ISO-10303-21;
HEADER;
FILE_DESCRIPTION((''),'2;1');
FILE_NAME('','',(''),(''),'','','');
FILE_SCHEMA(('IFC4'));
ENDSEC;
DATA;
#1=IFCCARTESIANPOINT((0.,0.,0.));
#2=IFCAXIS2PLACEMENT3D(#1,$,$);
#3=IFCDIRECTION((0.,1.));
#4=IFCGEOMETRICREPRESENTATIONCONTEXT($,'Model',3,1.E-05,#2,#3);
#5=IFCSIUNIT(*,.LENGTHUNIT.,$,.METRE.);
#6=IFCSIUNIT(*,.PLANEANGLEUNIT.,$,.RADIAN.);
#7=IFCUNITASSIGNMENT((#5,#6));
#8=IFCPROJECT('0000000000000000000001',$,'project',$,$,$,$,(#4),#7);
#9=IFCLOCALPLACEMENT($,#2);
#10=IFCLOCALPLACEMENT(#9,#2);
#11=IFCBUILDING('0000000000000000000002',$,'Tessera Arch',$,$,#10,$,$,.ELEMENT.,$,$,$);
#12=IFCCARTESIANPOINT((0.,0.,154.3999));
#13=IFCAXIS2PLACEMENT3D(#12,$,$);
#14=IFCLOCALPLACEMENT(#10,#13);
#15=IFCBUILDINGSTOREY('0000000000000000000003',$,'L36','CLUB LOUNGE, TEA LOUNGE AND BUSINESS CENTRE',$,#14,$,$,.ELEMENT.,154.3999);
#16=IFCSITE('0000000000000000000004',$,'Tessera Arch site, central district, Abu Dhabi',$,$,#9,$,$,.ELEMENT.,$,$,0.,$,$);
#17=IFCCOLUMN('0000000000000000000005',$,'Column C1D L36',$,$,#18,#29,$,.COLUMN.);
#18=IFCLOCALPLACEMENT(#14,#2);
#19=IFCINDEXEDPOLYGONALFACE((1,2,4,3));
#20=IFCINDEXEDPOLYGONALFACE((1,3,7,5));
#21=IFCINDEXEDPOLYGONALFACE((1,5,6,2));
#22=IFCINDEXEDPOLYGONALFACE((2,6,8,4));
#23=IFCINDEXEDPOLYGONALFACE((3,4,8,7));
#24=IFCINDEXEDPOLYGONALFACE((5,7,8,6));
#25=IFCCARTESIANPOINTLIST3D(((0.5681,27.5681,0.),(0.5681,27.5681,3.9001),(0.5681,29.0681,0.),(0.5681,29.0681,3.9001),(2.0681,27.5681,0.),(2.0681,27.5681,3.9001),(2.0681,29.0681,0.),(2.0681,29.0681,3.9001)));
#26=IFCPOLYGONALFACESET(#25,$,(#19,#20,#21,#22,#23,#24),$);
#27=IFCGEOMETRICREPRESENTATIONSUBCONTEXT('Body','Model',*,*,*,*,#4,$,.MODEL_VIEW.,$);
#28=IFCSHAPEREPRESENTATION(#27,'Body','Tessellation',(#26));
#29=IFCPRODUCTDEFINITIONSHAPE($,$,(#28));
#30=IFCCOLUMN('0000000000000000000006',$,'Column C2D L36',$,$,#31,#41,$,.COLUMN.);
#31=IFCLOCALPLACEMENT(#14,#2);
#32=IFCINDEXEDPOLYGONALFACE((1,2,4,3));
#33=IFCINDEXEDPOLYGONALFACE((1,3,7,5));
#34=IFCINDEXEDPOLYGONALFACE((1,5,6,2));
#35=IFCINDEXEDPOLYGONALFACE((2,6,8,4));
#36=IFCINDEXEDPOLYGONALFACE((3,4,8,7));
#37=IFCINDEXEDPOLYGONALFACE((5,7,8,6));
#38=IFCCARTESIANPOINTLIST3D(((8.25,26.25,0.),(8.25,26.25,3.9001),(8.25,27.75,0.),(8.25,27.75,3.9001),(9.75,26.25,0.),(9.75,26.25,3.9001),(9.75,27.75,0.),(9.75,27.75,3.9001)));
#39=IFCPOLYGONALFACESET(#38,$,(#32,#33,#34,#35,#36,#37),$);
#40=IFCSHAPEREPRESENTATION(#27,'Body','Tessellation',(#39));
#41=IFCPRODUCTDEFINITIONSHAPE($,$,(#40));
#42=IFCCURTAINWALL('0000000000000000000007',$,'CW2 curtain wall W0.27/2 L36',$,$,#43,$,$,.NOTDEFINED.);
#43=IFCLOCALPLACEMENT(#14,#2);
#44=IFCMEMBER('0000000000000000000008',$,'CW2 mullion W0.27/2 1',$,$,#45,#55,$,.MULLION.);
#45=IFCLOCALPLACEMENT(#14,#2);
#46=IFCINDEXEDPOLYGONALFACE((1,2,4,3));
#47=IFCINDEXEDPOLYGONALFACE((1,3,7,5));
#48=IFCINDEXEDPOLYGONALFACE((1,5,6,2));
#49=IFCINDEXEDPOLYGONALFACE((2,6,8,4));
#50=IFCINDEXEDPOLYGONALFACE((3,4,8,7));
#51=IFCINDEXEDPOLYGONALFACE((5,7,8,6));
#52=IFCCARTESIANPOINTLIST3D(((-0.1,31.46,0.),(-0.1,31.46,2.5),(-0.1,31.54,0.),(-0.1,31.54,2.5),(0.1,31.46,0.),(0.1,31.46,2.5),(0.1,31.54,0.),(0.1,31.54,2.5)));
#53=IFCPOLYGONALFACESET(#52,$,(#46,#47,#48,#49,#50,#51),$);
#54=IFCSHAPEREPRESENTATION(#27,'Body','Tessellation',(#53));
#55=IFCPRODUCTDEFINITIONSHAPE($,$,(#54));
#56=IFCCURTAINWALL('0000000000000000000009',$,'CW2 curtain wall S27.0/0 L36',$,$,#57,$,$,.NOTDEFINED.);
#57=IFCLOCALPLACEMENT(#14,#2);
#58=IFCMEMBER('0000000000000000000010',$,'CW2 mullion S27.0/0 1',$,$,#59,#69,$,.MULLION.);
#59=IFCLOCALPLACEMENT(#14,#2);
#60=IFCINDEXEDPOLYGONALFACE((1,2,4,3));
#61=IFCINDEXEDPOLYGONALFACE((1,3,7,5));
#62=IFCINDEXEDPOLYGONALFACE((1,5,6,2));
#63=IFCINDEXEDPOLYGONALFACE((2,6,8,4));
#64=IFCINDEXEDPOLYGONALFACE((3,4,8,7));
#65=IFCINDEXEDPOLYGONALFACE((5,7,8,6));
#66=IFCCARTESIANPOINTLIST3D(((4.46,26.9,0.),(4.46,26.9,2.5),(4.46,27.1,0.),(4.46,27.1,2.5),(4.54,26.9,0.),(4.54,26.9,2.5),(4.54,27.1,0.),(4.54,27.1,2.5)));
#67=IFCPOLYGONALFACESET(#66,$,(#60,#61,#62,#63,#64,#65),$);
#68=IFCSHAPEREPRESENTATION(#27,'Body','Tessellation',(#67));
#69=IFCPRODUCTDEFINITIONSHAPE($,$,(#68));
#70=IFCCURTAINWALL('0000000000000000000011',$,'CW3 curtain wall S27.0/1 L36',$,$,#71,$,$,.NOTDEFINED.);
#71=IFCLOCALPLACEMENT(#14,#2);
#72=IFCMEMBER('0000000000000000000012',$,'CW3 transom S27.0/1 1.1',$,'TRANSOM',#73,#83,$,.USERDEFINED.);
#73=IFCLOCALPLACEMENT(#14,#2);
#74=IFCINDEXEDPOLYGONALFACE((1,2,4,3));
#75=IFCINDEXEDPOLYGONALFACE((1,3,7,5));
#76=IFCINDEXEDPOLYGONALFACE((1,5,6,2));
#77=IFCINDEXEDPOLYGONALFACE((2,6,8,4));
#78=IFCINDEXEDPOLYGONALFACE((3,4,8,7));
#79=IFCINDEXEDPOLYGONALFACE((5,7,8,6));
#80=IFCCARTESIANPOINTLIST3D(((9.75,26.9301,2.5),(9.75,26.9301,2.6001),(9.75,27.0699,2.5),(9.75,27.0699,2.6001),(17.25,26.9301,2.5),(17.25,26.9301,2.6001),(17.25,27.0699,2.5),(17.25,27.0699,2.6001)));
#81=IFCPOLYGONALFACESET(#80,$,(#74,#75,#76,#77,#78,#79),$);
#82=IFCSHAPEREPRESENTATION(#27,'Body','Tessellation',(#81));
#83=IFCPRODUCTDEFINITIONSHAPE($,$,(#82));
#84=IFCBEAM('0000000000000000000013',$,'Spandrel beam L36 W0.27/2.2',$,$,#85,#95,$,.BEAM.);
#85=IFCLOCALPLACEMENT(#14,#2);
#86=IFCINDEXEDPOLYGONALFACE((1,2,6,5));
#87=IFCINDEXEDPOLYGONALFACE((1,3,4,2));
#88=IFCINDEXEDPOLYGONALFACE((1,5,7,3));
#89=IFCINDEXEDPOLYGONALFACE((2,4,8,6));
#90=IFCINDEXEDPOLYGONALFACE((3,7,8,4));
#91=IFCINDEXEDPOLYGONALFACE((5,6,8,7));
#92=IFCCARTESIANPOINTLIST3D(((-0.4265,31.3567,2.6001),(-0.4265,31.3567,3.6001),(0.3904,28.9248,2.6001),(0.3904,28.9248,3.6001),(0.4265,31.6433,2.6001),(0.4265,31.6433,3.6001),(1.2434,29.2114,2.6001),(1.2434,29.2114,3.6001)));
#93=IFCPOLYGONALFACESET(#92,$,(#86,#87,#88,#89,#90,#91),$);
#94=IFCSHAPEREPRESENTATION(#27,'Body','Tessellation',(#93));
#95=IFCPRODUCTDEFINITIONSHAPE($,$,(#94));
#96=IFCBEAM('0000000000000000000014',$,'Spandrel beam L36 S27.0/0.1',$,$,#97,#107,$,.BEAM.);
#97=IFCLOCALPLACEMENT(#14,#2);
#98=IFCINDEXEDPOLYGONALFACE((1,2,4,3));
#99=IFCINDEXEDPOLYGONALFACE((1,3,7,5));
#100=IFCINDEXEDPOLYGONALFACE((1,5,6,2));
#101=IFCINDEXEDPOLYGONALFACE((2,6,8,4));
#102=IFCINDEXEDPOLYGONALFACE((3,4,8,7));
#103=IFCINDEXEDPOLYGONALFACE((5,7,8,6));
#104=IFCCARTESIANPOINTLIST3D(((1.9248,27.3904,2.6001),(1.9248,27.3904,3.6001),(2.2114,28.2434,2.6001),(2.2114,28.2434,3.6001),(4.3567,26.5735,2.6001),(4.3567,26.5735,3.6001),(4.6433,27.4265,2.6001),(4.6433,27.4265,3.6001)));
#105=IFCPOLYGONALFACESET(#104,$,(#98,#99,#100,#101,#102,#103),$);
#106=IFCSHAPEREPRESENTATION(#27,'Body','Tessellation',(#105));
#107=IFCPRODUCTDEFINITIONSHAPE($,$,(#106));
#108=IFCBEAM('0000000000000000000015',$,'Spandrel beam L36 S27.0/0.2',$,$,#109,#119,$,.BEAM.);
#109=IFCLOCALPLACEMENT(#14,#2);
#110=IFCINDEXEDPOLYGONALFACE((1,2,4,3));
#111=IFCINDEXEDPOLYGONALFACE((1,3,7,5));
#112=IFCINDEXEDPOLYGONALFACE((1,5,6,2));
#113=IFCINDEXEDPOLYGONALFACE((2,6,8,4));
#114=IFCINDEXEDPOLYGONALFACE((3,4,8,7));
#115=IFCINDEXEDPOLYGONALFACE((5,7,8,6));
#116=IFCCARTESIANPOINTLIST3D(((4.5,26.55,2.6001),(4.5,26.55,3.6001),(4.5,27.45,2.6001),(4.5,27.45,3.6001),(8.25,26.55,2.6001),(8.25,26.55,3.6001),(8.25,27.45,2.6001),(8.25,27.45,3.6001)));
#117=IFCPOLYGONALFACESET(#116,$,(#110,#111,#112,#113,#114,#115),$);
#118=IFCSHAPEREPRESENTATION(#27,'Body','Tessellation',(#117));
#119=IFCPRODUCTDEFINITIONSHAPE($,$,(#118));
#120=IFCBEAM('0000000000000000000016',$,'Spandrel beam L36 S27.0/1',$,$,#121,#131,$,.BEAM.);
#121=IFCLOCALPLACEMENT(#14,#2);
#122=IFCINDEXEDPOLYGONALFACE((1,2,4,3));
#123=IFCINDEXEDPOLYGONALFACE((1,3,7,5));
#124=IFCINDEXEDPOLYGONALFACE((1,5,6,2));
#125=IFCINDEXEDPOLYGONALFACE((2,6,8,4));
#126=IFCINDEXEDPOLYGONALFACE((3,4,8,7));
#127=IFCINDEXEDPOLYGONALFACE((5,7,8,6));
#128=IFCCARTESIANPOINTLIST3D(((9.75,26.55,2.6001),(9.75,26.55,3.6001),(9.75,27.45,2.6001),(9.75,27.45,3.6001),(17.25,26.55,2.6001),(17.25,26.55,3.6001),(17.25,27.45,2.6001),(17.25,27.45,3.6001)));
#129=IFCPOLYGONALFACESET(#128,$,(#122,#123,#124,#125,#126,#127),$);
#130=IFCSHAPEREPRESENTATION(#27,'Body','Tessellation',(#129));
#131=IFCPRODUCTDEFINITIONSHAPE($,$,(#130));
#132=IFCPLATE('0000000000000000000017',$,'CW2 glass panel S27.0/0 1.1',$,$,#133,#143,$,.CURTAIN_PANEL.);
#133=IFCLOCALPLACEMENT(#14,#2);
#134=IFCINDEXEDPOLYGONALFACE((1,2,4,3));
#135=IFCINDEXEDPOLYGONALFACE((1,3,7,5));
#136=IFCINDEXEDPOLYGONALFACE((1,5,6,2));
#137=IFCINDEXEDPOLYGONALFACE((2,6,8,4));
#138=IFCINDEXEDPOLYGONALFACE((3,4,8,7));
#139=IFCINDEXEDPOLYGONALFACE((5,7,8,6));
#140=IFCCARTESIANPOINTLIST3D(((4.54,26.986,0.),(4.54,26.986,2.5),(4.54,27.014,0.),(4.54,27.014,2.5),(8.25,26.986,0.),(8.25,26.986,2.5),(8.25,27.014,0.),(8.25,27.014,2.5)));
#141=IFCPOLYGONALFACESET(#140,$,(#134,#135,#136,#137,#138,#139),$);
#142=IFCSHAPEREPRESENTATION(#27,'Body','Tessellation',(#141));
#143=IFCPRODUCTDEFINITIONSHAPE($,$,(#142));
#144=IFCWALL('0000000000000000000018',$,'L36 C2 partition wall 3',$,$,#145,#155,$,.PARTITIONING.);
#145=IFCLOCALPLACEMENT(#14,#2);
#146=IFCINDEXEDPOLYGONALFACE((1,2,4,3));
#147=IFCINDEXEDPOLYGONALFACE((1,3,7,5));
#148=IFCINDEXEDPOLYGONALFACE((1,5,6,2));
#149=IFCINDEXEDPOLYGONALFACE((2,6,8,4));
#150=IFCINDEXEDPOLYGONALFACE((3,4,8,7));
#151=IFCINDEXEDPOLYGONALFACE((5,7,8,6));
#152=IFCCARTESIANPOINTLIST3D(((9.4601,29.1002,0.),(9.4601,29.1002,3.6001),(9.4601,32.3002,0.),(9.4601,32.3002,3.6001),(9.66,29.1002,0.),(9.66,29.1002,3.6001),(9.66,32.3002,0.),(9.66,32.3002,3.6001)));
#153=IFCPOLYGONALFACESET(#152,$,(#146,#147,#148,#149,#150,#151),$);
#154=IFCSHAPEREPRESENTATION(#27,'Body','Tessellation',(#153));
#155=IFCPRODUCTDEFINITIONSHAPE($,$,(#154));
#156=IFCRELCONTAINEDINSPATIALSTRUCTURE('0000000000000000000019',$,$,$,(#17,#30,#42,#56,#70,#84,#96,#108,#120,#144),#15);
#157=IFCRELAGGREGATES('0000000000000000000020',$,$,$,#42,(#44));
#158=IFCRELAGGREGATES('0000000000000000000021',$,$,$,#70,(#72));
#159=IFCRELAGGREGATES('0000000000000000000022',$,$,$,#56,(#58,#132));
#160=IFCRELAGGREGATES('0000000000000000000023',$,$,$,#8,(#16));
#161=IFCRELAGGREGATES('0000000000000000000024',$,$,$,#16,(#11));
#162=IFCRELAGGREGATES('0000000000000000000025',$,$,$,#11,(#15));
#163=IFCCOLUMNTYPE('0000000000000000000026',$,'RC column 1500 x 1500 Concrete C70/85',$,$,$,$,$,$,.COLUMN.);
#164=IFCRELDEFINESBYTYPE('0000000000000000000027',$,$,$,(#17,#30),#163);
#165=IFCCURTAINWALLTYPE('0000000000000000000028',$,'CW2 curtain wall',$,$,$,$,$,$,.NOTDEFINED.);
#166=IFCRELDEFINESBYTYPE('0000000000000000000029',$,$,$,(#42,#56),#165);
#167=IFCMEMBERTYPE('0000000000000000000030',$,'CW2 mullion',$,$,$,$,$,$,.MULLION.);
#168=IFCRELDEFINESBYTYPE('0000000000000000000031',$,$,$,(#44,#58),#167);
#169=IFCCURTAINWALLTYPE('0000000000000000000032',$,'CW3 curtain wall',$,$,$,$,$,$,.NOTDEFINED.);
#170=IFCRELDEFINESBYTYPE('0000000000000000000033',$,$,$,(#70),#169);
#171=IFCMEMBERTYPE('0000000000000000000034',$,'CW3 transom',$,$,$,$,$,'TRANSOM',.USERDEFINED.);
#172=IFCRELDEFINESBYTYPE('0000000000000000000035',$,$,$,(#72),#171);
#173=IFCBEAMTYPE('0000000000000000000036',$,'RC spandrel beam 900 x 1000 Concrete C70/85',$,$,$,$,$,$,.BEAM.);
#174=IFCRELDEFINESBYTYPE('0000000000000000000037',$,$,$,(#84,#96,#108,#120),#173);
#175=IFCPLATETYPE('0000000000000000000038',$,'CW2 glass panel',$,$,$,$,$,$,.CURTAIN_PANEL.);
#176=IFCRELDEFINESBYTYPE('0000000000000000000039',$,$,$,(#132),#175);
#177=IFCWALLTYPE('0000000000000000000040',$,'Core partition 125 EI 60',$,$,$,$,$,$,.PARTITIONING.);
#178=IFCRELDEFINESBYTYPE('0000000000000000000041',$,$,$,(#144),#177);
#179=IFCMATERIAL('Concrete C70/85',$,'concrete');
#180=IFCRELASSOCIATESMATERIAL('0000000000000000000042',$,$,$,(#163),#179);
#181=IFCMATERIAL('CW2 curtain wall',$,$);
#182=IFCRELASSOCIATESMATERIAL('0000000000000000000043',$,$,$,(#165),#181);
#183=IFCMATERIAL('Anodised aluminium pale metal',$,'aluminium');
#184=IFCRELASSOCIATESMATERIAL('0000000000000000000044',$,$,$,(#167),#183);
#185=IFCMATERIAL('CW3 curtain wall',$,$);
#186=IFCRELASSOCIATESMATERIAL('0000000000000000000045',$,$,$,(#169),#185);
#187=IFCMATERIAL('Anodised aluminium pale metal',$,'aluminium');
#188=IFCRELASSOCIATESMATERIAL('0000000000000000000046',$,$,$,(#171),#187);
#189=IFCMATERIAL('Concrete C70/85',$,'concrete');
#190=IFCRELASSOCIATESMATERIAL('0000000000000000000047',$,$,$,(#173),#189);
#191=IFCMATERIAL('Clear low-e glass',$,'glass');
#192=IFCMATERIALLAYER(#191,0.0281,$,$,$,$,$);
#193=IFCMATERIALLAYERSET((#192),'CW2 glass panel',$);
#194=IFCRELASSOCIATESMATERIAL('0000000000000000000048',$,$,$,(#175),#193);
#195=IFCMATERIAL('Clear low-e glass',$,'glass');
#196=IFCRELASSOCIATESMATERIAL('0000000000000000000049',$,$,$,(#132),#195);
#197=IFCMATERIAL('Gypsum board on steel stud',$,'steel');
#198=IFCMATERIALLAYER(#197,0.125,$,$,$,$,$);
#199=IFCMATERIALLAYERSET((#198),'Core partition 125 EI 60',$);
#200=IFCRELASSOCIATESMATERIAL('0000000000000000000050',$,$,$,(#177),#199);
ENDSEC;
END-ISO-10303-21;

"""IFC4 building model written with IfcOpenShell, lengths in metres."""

from ifc_helpers import new_model, si_unit, direction, frame, frame_2d, origin, origin_2d, place, context, subcontext, project, spatial, rectangle, extrude, material, layer, layer_set, material_profile, profile_set, type_object, element, aggregate, save


model = new_model("IFC4")

# Units and contexts
model_context = context("Model", 3, precision=1e-05, world=origin(), true_north=direction((0.0, 1.0)))
body_context = subcontext(model_context, "Body", "Model", "MODEL_VIEW")
ifc_project = project(units=[si_unit("LENGTHUNIT", "METRE"), si_unit("PLANEANGLEUNIT", "RADIAN")], contexts=[model_context])

# Site, building, storey
site_placement = place(None, origin())
site = spatial("IfcSite", under=ifc_project, at=site_placement, Name="Tessera Arch site, central district, Abu Dhabi", CompositionType="ELEMENT", RefElevation=0.0)
building_placement = place(site_placement, origin())
building = spatial("IfcBuilding", under=site, at=building_placement, Name="Tessera Arch", CompositionType="ELEMENT")
storey_placement = place(building_placement, frame((0.0, 0.0, 154.3999)))
storey = spatial("IfcBuildingStorey", under=building, at=storey_placement, Name="L36", Description="CLUB LOUNGE, TEA LOUNGE AND BUSINESS CENTRE", CompositionType="ELEMENT", Elevation=154.3999)

# Columns
ifc_material_1 = material(Name="Concrete C70/85", Category="concrete")
ifc_material_profile_1 = material_profile(ifc_material_1, rectangle(XDim=1.5, YDim=1.5, at=origin_2d()), Name="RC column 1500 x 1500 Concrete C70/85")
ifc_profile_set_1 = profile_set([ifc_material_profile_1], Name="Concrete C70/85")
column_type = type_object("IfcColumnType", Name="RC column 1500 x 1500 Concrete C70/85", PredefinedType="COLUMN", material=ifc_profile_set_1)
for number, where, z_axis, x_axis, name in (
    (1, (1.3181, 28.3181, 0.0), (0.0, 0.0, 1.0), (1.0, 0.0, 0.0), "Column C1D L36"),
    (2, (9.0, 27.0, 0.0), (0.0, 0.0, 1.0), (1.0, 0.0, 0.0), "Column C2D L36"),
):
    element("IfcColumn", number, at=place(storey_placement, frame(where, z_axis=z_axis, x_axis=x_axis)), inside=storey, type_object=column_type, Name=name, PredefinedType="COLUMN", context=body_context, shape_type="SweptSolid", body=[
        extrude(rectangle(XDim=1.5, YDim=1.5, at=origin_2d()), origin(), (0.0, 0.0, 1.0), 3.9001),
    ])

# Curtain walls, members
ifc_material_2 = material(Name="CW2 curtain wall")
curtain_wall_type_1 = type_object("IfcCurtainWallType", Name="CW2 curtain wall", PredefinedType="NOTDEFINED", material=ifc_material_2)
curtain_wall_1_placement = place(storey_placement, origin())
curtain_wall_1 = element("IfcCurtainWall", 3, at=curtain_wall_1_placement, inside=storey, type_object=curtain_wall_type_1, Name="CW2 curtain wall W0.27/2 L36", PredefinedType="NOTDEFINED")
ifc_material_3 = material(Name="Anodised aluminium pale metal", Category="aluminium")
ifc_material_profile_2 = material_profile(ifc_material_3, rectangle(XDim=0.2, YDim=0.0801, at=origin_2d()), Name="AL 80x200")
ifc_profile_set_2 = profile_set([ifc_material_profile_2], Name="Anodised aluminium pale metal")
member_type_1 = type_object("IfcMemberType", Name="CW2 mullion", PredefinedType="MULLION", material=ifc_profile_set_2)
member_1_placement = place(storey_placement, frame((0.0, 31.5, 0.0), z_axis=(0.0, 0.0, 1.0), x_axis=(1.0, 0.0, 0.0)))
member_1 = element("IfcMember", 4, at=member_1_placement, type_object=member_type_1, Name="CW2 mullion W0.27/2 1", PredefinedType="MULLION", context=body_context, shape_type="SweptSolid", body=[
    extrude(rectangle(XDim=0.2, YDim=0.0801, at=origin_2d()), origin(), (0.0, 0.0, 1.0), 2.5),
])
aggregate(curtain_wall_1, [member_1])
curtain_wall_2_placement = place(storey_placement, origin())
curtain_wall_2 = element("IfcCurtainWall", 5, at=curtain_wall_2_placement, inside=storey, type_object=curtain_wall_type_1, Name="CW2 curtain wall S27.0/0 L36", PredefinedType="NOTDEFINED")
member_2_placement = place(storey_placement, frame((4.5, 27.0, 0.0), z_axis=(0.0, 0.0, 1.0), x_axis=(0.0, 1.0, 0.0)))
member_2 = element("IfcMember", 6, at=member_2_placement, type_object=member_type_1, Name="CW2 mullion S27.0/0 1", PredefinedType="MULLION", context=body_context, shape_type="SweptSolid", body=[
    extrude(rectangle(XDim=0.2, YDim=0.0801, at=origin_2d()), origin(), (0.0, 0.0, 1.0), 2.5),
])
ifc_material_4 = material(Name="CW3 curtain wall")
curtain_wall_type_2 = type_object("IfcCurtainWallType", Name="CW3 curtain wall", PredefinedType="NOTDEFINED", material=ifc_material_4)
curtain_wall_3_placement = place(storey_placement, origin())
curtain_wall_3 = element("IfcCurtainWall", 7, at=curtain_wall_3_placement, inside=storey, type_object=curtain_wall_type_2, Name="CW3 curtain wall S27.0/1 L36", PredefinedType="NOTDEFINED")
ifc_material_5 = material(Name="Anodised aluminium pale metal", Category="aluminium")
ifc_material_profile_3 = material_profile(ifc_material_5, rectangle(XDim=0.1399, YDim=0.1001, at=origin_2d()), Name="AL 140x100")
ifc_profile_set_3 = profile_set([ifc_material_profile_3], Name="Anodised aluminium pale metal")
member_type_2 = type_object("IfcMemberType", Name="CW3 transom", ElementType="TRANSOM", PredefinedType="USERDEFINED", material=ifc_profile_set_3)
member_3_placement = place(storey_placement, frame((9.75, 27.0, 2.55), z_axis=(1.0, 0.0, 0.0), x_axis=(0.0, 1.0, 0.0)))
member_3 = element("IfcMember", 8, at=member_3_placement, type_object=member_type_2, Name="CW3 transom S27.0/1 1.1", ObjectType="TRANSOM", PredefinedType="USERDEFINED", context=body_context, shape_type="SweptSolid", body=[
    extrude(rectangle(XDim=0.1399, YDim=0.1001, at=origin_2d()), origin(), (0.0, 0.0, 1.0), 7.5),
])
aggregate(curtain_wall_3, [member_3])

# Beams
ifc_material_6 = material(Name="Concrete C70/85", Category="concrete")
ifc_material_profile_4 = material_profile(ifc_material_6, rectangle(XDim=0.8999, YDim=1.0, at=origin_2d()), Name="RC spandrel beam 900 x 1000 Concrete C70/85")
ifc_profile_set_4 = profile_set([ifc_material_profile_4], Name="Concrete C70/85")
beam_type = type_object("IfcBeamType", Name="RC spandrel beam 900 x 1000 Concrete C70/85", PredefinedType="BEAM", material=ifc_profile_set_4)
for number, where, z_axis, x_axis, name in (
    (9, (0.0, 31.5, 3.1001), (0.318425, -0.947948, 0.0), (0.947948, 0.318425, 0.0), "Spandrel beam L36 W0.27/2.2"),
    (10, (2.0681, 27.8169, 3.1001), (0.947948, -0.318425, 0.0), (0.318425, 0.947948, 0.0), "Spandrel beam L36 S27.0/0.1"),
):
    element("IfcBeam", number, at=place(storey_placement, frame(where, z_axis=z_axis, x_axis=x_axis)), inside=storey, type_object=beam_type, Name=name, PredefinedType="BEAM", context=body_context, shape_type="SweptSolid", body=[
        extrude(rectangle(XDim=0.8999, YDim=1.0, at=origin_2d()), origin(), (0.0, 0.0, 1.0), 2.5654),
    ])
beam_1_placement = place(storey_placement, frame((4.5, 27.0, 3.1001), z_axis=(1.0, 0.0, 0.0), x_axis=(0.0, 1.0, 0.0)))
element("IfcBeam", 11, at=beam_1_placement, inside=storey, type_object=beam_type, Name="Spandrel beam L36 S27.0/0.2", PredefinedType="BEAM", context=body_context, shape_type="SweptSolid", body=[
    extrude(rectangle(XDim=0.8999, YDim=1.0, at=origin_2d()), origin(), (0.0, 0.0, 1.0), 3.75),
])
beam_2_placement = place(storey_placement, frame((9.75, 27.0, 3.1001), z_axis=(1.0, 0.0, 0.0), x_axis=(0.0, 1.0, 0.0)))
element("IfcBeam", 12, at=beam_2_placement, inside=storey, type_object=beam_type, Name="Spandrel beam L36 S27.0/1", PredefinedType="BEAM", context=body_context, shape_type="SweptSolid", body=[
    extrude(rectangle(XDim=0.8999, YDim=1.0, at=origin_2d()), origin(), (0.0, 0.0, 1.0), 7.5),
])

# Plate
ifc_material_7 = material(Name="Clear low-e glass", Category="glass")
ifc_material_8 = material(Name="Clear low-e glass", Category="glass")
ifc_layer_1 = layer(ifc_material_8, 0.0281)
ifc_layer_set_1 = layer_set([ifc_layer_1], Name="CW2 glass panel")
plate_type = type_object("IfcPlateType", Name="CW2 glass panel", PredefinedType="CURTAIN_PANEL", material=ifc_layer_set_1)
plate_placement = place(storey_placement, frame((6.395, 27.0, 0.0), z_axis=(0.0, 0.0, 1.0), x_axis=(1.0, 0.0, 0.0)))
plate = element("IfcPlate", 13, at=plate_placement, type_object=plate_type, material=ifc_material_7, Name="CW2 glass panel S27.0/0 1.1", PredefinedType="CURTAIN_PANEL", context=body_context, shape_type="SweptSolid", body=[
    extrude(rectangle(XDim=3.71, YDim=0.0281, at=origin_2d()), origin(), (0.0, 0.0, 1.0), 2.5),
])
aggregate(curtain_wall_2, [member_2, plate])

# Wall
ifc_material_9 = material(Name="Gypsum board on steel stud", Category="steel")
ifc_layer_2 = layer(ifc_material_9, 0.125)
ifc_layer_set_2 = layer_set([ifc_layer_2], Name="Core partition 125 EI 60")
wall_type_1 = type_object("IfcWallType", Name="Core partition 125 EI 60", PredefinedType="PARTITIONING", material=ifc_layer_set_2)
wall_1_placement = place(storey_placement, frame((9.5601, 29.1001, 0.0), z_axis=(0.0, 0.0, 1.0), x_axis=(0.0, 1.0, 0.0)))
element("IfcWall", 14, at=wall_1_placement, inside=storey, type_object=wall_type_1, Name="L36 C2 partition wall 3", PredefinedType="PARTITIONING", context=body_context, shape_type="SweptSolid", body=[
    extrude(rectangle(XDim=3.2, YDim=0.2, at=frame_2d((1.6001, 0.0))), origin(), (0.0, 0.0, 1.0), 3.6001),
])

save(model, "model.ifc")
